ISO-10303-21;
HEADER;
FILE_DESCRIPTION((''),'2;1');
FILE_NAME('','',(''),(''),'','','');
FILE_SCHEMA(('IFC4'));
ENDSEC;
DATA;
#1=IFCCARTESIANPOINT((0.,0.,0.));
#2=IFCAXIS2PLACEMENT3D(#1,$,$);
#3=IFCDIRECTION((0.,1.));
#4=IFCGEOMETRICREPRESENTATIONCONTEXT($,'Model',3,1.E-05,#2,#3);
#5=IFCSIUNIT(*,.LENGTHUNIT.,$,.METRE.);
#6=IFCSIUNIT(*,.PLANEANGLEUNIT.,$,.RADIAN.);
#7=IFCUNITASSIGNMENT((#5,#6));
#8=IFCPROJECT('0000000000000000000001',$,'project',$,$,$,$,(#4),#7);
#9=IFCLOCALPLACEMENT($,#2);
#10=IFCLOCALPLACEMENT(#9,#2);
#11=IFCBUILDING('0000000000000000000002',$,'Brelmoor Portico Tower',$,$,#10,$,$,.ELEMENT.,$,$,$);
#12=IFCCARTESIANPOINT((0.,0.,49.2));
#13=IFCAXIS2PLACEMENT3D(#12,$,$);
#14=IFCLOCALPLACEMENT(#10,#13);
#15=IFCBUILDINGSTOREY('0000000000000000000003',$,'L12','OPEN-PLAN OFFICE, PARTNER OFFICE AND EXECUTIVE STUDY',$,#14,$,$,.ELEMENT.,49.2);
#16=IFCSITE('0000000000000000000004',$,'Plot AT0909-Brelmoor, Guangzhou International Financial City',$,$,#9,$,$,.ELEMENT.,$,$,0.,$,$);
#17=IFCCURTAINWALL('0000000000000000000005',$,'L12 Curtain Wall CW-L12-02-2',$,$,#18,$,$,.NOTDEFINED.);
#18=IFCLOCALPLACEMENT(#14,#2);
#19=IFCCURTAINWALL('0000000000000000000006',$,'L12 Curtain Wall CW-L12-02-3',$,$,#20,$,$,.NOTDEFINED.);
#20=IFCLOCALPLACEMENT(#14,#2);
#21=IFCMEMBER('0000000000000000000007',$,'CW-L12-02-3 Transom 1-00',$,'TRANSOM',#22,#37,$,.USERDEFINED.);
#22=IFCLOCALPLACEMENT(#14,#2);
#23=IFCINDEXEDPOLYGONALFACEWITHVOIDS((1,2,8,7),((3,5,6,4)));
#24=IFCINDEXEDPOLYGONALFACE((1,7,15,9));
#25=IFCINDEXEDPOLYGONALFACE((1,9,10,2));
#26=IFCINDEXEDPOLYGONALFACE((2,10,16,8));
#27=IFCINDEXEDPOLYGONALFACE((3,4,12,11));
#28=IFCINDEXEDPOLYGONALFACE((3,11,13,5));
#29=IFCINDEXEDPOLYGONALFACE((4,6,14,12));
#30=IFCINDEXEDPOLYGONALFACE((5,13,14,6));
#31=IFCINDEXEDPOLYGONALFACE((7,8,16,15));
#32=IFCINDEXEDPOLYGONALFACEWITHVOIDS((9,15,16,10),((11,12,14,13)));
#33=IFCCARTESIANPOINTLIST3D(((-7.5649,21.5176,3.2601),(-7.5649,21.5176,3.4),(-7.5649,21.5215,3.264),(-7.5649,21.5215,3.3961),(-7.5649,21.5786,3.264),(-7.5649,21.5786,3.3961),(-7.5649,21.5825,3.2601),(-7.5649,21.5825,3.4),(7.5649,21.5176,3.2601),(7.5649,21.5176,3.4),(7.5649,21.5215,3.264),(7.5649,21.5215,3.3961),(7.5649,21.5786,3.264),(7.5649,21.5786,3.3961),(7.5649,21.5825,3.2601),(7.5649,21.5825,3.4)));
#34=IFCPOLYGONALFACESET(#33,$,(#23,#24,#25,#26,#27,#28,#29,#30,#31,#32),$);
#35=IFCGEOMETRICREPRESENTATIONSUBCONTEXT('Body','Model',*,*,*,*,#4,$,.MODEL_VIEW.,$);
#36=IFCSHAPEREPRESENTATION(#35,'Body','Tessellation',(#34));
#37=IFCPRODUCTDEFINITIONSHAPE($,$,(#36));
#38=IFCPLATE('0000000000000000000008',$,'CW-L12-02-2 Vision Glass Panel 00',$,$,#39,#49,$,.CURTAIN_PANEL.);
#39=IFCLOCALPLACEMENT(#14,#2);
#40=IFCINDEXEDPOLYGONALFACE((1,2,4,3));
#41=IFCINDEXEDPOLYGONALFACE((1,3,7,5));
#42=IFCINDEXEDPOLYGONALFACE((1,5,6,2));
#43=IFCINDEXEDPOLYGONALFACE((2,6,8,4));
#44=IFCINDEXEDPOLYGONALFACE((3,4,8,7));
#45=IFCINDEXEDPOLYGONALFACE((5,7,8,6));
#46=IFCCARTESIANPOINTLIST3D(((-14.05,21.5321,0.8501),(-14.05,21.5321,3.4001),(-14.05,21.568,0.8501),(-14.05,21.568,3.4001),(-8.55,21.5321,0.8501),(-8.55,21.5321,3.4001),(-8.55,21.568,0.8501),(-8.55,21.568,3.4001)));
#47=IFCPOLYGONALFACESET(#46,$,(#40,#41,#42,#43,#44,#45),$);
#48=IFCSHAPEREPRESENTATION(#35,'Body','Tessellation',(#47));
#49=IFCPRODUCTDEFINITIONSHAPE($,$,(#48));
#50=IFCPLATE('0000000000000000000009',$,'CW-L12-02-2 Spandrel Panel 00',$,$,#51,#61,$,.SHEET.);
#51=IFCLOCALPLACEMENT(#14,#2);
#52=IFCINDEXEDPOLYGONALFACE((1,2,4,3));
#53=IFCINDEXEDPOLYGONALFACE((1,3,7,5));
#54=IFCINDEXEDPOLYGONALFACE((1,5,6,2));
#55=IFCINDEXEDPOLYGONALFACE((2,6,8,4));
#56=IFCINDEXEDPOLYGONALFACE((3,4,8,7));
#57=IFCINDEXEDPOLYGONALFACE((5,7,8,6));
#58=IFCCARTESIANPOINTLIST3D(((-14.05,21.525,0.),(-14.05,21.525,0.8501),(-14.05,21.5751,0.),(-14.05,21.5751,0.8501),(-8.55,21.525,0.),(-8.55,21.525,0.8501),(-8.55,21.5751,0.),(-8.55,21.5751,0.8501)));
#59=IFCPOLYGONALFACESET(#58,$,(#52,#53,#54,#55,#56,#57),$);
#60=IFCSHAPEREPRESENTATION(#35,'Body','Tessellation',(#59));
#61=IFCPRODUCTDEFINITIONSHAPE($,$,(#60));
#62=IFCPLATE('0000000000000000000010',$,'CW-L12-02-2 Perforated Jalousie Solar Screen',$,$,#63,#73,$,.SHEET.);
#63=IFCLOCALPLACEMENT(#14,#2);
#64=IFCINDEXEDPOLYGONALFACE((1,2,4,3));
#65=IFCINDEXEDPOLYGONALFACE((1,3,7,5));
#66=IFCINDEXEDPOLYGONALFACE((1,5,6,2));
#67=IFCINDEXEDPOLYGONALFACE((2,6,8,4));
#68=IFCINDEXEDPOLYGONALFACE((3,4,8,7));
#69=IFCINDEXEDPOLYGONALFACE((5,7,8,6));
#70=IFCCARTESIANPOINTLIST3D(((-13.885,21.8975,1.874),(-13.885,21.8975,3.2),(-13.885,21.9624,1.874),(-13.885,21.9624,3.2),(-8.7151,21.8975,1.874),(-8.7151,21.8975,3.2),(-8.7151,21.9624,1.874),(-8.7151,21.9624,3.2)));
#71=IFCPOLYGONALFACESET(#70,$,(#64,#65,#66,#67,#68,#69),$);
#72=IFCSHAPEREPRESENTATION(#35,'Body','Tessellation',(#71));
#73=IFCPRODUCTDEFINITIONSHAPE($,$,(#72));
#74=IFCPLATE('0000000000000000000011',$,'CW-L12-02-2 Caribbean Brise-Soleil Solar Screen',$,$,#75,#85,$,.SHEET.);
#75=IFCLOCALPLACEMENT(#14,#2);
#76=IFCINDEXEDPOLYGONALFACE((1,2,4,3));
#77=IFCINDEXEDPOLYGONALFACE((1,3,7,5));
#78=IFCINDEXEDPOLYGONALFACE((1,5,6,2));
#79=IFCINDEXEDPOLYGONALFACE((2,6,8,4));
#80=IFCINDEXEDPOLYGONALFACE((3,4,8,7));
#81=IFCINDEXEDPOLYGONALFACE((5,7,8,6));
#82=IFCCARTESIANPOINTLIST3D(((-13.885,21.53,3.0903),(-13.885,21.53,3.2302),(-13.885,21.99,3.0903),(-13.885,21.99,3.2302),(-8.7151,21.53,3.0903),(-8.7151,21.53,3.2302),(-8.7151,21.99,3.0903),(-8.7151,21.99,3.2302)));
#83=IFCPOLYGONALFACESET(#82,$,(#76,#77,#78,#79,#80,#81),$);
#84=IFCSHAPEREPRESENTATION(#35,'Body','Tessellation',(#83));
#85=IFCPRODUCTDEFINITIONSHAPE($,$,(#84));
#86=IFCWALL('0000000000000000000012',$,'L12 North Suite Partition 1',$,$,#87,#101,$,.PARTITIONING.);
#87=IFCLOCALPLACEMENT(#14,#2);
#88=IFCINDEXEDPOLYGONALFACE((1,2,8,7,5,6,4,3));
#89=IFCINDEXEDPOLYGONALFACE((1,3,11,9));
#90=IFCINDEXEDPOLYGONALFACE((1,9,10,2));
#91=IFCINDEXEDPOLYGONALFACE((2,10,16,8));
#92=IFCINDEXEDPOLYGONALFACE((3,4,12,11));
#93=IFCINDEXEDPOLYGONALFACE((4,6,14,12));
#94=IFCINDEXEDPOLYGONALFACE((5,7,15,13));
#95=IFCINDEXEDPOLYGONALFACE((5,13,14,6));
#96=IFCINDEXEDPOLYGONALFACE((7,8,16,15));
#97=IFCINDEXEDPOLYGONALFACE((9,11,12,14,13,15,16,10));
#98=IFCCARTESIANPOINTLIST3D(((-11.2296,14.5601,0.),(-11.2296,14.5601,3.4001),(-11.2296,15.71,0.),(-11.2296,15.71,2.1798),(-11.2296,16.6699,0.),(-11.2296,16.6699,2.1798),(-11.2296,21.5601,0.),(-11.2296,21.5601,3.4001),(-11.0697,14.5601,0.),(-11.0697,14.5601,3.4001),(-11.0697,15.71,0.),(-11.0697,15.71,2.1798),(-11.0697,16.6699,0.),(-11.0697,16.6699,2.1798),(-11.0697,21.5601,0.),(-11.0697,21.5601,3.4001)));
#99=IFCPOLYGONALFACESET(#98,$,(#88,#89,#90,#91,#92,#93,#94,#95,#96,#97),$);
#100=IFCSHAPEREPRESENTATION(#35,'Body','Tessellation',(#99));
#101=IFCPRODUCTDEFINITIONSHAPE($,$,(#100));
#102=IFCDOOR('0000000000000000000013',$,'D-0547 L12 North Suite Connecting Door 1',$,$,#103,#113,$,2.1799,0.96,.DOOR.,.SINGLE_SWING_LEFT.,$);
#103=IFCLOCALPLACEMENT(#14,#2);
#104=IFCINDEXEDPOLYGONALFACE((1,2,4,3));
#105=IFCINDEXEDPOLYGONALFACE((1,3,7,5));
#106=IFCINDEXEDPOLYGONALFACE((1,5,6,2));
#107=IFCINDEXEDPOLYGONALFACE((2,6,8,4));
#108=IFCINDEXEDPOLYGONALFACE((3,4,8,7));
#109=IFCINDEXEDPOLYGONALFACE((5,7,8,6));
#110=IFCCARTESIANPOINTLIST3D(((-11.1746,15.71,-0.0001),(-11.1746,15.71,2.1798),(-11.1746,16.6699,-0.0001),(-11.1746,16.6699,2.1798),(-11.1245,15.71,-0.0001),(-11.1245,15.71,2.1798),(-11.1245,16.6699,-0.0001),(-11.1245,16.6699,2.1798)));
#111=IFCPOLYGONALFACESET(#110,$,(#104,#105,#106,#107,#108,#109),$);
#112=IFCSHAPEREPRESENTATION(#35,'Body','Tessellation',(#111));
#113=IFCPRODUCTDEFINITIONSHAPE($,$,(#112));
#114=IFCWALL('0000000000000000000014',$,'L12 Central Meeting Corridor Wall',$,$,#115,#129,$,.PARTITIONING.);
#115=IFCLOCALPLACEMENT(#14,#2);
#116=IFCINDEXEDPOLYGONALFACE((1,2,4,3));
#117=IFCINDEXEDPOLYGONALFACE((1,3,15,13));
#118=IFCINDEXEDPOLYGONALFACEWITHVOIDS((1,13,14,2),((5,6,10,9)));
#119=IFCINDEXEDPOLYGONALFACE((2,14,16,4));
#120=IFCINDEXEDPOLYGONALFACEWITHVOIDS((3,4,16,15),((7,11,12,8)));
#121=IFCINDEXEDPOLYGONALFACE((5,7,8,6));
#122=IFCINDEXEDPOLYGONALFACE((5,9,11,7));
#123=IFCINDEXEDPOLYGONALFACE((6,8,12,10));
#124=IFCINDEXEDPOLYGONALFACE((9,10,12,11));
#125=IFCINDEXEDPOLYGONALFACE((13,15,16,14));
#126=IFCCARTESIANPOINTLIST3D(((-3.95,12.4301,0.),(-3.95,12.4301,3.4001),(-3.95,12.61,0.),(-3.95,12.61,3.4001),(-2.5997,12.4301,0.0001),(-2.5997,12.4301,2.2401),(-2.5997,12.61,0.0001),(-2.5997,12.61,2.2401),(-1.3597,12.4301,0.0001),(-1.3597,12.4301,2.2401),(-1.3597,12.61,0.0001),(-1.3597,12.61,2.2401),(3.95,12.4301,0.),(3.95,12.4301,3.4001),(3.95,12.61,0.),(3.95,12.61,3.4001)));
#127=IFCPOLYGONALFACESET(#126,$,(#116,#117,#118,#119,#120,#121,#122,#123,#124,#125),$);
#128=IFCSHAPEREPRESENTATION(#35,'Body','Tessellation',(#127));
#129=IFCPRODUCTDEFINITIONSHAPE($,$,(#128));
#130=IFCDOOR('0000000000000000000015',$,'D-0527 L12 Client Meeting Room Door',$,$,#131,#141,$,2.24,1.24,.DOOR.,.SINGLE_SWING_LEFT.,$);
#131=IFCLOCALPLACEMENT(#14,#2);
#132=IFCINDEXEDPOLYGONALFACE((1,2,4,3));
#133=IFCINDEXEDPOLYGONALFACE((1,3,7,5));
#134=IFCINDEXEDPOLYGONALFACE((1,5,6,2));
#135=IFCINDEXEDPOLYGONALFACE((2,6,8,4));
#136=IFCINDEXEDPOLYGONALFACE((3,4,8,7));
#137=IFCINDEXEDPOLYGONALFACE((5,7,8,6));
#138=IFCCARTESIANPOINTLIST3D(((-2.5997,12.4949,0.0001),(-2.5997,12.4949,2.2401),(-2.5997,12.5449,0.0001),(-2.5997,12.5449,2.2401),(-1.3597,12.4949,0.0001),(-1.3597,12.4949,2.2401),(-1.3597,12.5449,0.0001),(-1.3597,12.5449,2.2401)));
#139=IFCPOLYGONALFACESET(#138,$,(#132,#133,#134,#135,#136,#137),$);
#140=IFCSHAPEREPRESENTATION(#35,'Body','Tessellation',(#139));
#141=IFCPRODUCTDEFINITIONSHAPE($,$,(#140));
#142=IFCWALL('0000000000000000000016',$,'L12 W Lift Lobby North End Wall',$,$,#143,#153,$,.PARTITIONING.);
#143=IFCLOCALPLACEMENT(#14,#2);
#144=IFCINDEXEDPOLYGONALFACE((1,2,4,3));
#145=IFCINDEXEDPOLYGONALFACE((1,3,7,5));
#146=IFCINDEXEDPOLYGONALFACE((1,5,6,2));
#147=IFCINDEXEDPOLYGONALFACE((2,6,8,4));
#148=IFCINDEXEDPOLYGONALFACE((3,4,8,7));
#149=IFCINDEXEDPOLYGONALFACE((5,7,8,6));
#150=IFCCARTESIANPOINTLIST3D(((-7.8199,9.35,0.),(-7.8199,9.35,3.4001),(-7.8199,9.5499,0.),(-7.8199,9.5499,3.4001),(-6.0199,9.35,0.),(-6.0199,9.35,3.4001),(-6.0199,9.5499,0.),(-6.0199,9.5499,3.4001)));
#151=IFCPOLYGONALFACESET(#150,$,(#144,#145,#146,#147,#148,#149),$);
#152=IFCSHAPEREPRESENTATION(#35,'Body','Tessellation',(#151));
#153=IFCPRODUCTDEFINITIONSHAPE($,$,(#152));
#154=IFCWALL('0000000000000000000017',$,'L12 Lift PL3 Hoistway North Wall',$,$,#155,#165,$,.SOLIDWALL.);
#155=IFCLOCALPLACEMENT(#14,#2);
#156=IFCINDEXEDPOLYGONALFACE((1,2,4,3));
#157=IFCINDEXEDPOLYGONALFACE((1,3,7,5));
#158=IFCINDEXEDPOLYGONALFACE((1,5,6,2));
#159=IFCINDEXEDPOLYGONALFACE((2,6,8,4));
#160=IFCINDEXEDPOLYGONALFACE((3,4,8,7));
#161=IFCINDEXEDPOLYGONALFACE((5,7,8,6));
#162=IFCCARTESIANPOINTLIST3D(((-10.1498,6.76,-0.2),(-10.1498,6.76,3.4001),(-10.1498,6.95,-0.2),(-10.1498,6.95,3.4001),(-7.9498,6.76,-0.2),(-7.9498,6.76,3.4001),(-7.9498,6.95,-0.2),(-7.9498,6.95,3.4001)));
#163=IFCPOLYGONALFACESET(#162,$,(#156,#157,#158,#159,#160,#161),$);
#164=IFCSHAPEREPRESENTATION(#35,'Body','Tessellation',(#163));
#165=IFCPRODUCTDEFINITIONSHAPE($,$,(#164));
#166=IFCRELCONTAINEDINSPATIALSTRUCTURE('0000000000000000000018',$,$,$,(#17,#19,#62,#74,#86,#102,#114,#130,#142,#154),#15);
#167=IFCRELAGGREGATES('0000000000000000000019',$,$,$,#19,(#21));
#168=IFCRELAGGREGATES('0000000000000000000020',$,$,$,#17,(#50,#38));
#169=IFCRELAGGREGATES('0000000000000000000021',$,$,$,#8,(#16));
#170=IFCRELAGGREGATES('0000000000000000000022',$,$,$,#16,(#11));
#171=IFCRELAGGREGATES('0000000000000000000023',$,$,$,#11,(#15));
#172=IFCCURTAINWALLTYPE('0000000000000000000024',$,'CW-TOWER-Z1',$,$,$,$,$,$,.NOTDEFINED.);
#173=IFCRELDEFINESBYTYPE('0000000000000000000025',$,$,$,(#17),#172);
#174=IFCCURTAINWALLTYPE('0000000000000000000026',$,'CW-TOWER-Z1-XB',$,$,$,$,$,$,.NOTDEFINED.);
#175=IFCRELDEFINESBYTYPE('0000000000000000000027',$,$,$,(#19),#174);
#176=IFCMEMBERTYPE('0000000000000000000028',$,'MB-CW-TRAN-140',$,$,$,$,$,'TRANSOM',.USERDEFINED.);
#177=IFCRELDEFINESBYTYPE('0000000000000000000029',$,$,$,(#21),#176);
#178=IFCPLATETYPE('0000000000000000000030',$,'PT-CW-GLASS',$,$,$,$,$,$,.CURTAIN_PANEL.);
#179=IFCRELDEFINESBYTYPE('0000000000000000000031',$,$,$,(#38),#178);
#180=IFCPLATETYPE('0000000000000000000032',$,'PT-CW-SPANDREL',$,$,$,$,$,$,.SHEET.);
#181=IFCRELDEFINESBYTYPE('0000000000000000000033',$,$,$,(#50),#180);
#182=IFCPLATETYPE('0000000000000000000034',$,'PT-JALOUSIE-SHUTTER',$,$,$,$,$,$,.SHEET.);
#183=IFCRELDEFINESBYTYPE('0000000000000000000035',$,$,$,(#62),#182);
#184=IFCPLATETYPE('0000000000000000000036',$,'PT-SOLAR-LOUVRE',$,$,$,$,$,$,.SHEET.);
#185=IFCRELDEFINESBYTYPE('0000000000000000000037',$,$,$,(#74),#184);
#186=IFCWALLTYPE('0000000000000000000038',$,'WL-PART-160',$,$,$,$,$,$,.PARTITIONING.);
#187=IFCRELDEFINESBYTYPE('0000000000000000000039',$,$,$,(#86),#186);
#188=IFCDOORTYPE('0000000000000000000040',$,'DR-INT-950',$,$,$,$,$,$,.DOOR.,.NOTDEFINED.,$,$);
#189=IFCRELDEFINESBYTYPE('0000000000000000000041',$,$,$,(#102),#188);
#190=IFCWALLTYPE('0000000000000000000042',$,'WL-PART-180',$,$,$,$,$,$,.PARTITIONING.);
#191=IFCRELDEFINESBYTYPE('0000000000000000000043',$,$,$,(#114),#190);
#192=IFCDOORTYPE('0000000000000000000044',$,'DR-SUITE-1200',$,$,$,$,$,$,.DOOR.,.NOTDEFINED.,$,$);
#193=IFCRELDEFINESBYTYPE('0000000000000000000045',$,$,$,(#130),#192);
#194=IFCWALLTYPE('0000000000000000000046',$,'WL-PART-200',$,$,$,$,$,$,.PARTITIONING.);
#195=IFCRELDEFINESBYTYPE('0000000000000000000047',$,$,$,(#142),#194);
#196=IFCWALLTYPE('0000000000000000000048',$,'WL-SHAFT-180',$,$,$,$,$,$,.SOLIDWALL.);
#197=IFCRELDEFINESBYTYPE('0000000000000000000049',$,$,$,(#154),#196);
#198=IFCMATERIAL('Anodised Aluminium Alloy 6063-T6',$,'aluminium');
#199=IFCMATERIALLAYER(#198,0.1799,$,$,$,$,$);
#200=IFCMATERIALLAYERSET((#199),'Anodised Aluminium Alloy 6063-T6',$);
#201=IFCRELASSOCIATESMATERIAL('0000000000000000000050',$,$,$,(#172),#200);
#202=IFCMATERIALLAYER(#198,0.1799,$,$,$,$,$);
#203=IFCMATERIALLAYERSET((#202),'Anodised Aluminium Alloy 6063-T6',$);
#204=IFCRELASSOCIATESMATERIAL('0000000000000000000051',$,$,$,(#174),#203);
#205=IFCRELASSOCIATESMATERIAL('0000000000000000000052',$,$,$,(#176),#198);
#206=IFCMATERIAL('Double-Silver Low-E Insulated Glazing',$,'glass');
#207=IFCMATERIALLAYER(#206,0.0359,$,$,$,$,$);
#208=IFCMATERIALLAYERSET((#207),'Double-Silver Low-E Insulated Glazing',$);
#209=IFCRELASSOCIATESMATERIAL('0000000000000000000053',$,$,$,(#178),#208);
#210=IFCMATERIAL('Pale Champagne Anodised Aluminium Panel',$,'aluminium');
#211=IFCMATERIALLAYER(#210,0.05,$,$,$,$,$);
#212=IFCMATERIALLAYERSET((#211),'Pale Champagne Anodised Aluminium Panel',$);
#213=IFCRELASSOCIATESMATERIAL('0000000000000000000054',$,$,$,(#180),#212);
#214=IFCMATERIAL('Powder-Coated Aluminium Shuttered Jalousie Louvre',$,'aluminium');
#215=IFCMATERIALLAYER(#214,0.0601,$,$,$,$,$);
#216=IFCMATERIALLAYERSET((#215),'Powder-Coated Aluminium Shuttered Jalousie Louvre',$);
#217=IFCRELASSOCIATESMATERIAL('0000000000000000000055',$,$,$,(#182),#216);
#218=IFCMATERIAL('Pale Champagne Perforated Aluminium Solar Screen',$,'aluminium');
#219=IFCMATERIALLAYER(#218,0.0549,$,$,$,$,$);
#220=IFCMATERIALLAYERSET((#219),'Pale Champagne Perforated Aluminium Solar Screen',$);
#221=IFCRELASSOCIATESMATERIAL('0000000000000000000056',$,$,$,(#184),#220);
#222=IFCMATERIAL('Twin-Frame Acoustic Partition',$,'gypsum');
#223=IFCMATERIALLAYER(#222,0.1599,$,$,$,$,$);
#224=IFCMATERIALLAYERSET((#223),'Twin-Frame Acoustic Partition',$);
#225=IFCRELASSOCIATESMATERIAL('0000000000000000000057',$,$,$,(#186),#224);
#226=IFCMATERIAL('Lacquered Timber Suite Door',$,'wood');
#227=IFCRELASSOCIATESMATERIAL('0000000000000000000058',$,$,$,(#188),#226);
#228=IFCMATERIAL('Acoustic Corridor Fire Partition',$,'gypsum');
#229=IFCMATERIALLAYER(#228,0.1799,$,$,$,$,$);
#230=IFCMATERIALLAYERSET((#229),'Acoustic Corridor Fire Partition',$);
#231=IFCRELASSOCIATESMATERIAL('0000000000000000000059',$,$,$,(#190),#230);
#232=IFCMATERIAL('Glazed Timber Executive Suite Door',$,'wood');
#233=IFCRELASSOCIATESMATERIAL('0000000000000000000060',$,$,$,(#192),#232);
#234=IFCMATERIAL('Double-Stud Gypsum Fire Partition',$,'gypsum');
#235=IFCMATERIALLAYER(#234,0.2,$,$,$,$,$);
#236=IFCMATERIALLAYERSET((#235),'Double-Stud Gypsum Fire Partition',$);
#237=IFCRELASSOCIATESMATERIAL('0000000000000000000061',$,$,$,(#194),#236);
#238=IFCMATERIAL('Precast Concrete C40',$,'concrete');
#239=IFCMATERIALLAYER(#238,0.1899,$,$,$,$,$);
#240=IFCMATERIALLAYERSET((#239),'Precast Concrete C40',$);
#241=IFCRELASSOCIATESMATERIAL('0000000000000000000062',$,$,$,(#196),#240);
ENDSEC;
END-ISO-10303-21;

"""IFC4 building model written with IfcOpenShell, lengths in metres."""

from ifc_helpers import new_model, si_unit, direction, frame, frame_2d, origin, origin_2d, place, context, subcontext, project, spatial, rectangle, hollow_rectangle, extrude, material, layer, layer_set, material_profile, profile_set, type_object, element, fill, aggregate, save


model = new_model("IFC4")

# Units and contexts
model_context = context("Model", 3, precision=1e-05, world=origin(), true_north=direction((0.0, 1.0)))
body_context = subcontext(model_context, "Body", "Model", "MODEL_VIEW")
ifc_project = project(units=[si_unit("LENGTHUNIT", "METRE"), si_unit("PLANEANGLEUNIT", "RADIAN")], contexts=[model_context])

# Site, building, storey
site_placement = place(None, origin())
site = spatial("IfcSite", under=ifc_project, at=site_placement, Name="Plot AT0909-Brelmoor, Guangzhou International Financial City", CompositionType="ELEMENT", RefElevation=0.0)
building_placement = place(site_placement, origin())
building = spatial("IfcBuilding", under=site, at=building_placement, Name="Brelmoor Portico Tower", CompositionType="ELEMENT")
storey_placement = place(building_placement, frame((0.0, 0.0, 49.2)))
storey = spatial("IfcBuildingStorey", under=building, at=storey_placement, Name="L12", Description="OPEN-PLAN OFFICE, PARTNER OFFICE AND EXECUTIVE STUDY", CompositionType="ELEMENT", Elevation=49.2)

# Curtain wall
ifc_material_1 = material(Name="Anodised Aluminium Alloy 6063-T6", Category="aluminium")
ifc_layer_1 = layer(ifc_material_1, 0.1799)
ifc_layer_set_1 = layer_set([ifc_layer_1], Name="Anodised Aluminium Alloy 6063-T6")
curtain_wall_type_1 = type_object("IfcCurtainWallType", Name="CW-TOWER-Z1", PredefinedType="NOTDEFINED", material=ifc_layer_set_1)
curtain_wall_1_placement = place(storey_placement, origin())
curtain_wall_1 = element("IfcCurtainWall", 1, at=curtain_wall_1_placement, inside=storey, type_object=curtain_wall_type_1, Name="L12 Curtain Wall CW-L12-02-2", PredefinedType="NOTDEFINED")

# Curtain wall, member
ifc_layer_2 = layer(ifc_material_1, 0.1799)
ifc_layer_set_2 = layer_set([ifc_layer_2], Name="Anodised Aluminium Alloy 6063-T6")
curtain_wall_type_2 = type_object("IfcCurtainWallType", Name="CW-TOWER-Z1-XB", PredefinedType="NOTDEFINED", material=ifc_layer_set_2)
curtain_wall_2_placement = place(storey_placement, origin())
curtain_wall_2 = element("IfcCurtainWall", 2, at=curtain_wall_2_placement, inside=storey, type_object=curtain_wall_type_2, Name="L12 Curtain Wall CW-L12-02-3", PredefinedType="NOTDEFINED")
ifc_material_profile_1 = material_profile(ifc_material_1, hollow_rectangle(XDim=0.0649, YDim=0.1399, WallThickness=0.0039, at=origin_2d()), Name="ALU TRANSOM 65x140")
ifc_profile_set_1 = profile_set([ifc_material_profile_1], Name="Anodised Aluminium Alloy 6063-T6")
member_type_1 = type_object("IfcMemberType", Name="MB-CW-TRAN-140", ElementType="TRANSOM", PredefinedType="USERDEFINED", material=ifc_profile_set_1)
member_1_placement = place(storey_placement, frame((-7.5649, 21.55, 3.3301), z_axis=(1.0, 0.0, 0.0), x_axis=(0.0, 1.0, 0.0)))
member_1 = element("IfcMember", 3, at=member_1_placement, type_object=member_type_1, Name="CW-L12-02-3 Transom 1-00", ObjectType="TRANSOM", PredefinedType="USERDEFINED", context=body_context, shape_type="SweptSolid", body=[
    extrude(hollow_rectangle(XDim=0.0649, YDim=0.1399, WallThickness=0.0039, at=origin_2d()), origin(), (0.0, 0.0, 1.0), 15.1299),
])
aggregate(curtain_wall_2, [member_1])

# Plates
ifc_material_2 = material(Name="Double-Silver Low-E Insulated Glazing", Category="glass")
ifc_layer_3 = layer(ifc_material_2, 0.0359)
ifc_layer_set_3 = layer_set([ifc_layer_3], Name="Double-Silver Low-E Insulated Glazing")
plate_type_1 = type_object("IfcPlateType", Name="PT-CW-GLASS", PredefinedType="CURTAIN_PANEL", material=ifc_layer_set_3)
plate_1_placement = place(storey_placement, frame((-11.3, 21.55, 0.8501), z_axis=(0.0, 0.0, 1.0), x_axis=(1.0, 0.0, 0.0)))
plate_1 = element("IfcPlate", 4, at=plate_1_placement, type_object=plate_type_1, Name="CW-L12-02-2 Vision Glass Panel 00", PredefinedType="CURTAIN_PANEL", context=body_context, shape_type="SweptSolid", body=[
    extrude(rectangle(XDim=5.5, YDim=0.0359, at=origin_2d()), origin(), (0.0, 0.0, 1.0), 2.55),
])
ifc_material_3 = material(Name="Pale Champagne Anodised Aluminium Panel", Category="aluminium")
ifc_layer_4 = layer(ifc_material_3, 0.05)
ifc_layer_set_4 = layer_set([ifc_layer_4], Name="Pale Champagne Anodised Aluminium Panel")
plate_type_2 = type_object("IfcPlateType", Name="PT-CW-SPANDREL", PredefinedType="SHEET", material=ifc_layer_set_4)
plate_2_placement = place(storey_placement, frame((-11.3, 21.55, 0.0), z_axis=(0.0, 0.0, 1.0), x_axis=(1.0, 0.0, 0.0)))
plate_2 = element("IfcPlate", 5, at=plate_2_placement, type_object=plate_type_2, Name="CW-L12-02-2 Spandrel Panel 00", PredefinedType="SHEET", context=body_context, shape_type="SweptSolid", body=[
    extrude(rectangle(XDim=5.5, YDim=0.05, at=origin_2d()), origin(), (0.0, 0.0, 1.0), 0.8501),
])
aggregate(curtain_wall_1, [plate_2, plate_1])

# Plates
ifc_material_4 = material(Name="Powder-Coated Aluminium Shuttered Jalousie Louvre", Category="aluminium")
ifc_layer_5 = layer(ifc_material_4, 0.0601)
ifc_layer_set_5 = layer_set([ifc_layer_5], Name="Powder-Coated Aluminium Shuttered Jalousie Louvre")
plate_type_3 = type_object("IfcPlateType", Name="PT-JALOUSIE-SHUTTER", PredefinedType="SHEET", material=ifc_layer_set_5)
plate_3_placement = place(storey_placement, frame((-11.3, 21.9299, 1.874), z_axis=(0.0, 0.0, 1.0), x_axis=(1.0, 0.0, 0.0)))
element("IfcPlate", 6, at=plate_3_placement, inside=storey, type_object=plate_type_3, Name="CW-L12-02-2 Perforated Jalousie Solar Screen", PredefinedType="SHEET", context=body_context, shape_type="SweptSolid", body=[
    extrude(rectangle(XDim=5.1699, YDim=0.0649, at=origin_2d()), origin(), (0.0, 0.0, 1.0), 1.3259),
])
ifc_material_5 = material(Name="Pale Champagne Perforated Aluminium Solar Screen", Category="aluminium")
ifc_layer_6 = layer(ifc_material_5, 0.0549)
ifc_layer_set_6 = layer_set([ifc_layer_6], Name="Pale Champagne Perforated Aluminium Solar Screen")
plate_type_4 = type_object("IfcPlateType", Name="PT-SOLAR-LOUVRE", PredefinedType="SHEET", material=ifc_layer_set_6)
plate_4_placement = place(storey_placement, frame((-11.3, 21.76, 3.0903), z_axis=(0.0, 0.0, 1.0), x_axis=(1.0, 0.0, 0.0)))
element("IfcPlate", 7, at=plate_4_placement, inside=storey, type_object=plate_type_4, Name="CW-L12-02-2 Caribbean Brise-Soleil Solar Screen", PredefinedType="SHEET", context=body_context, shape_type="SweptSolid", body=[
    extrude(rectangle(XDim=5.1699, YDim=0.46, at=origin_2d()), origin(), (0.0, 0.0, 1.0), 0.1399),
])

# Walls, openings, doors
ifc_material_6 = material(Name="Twin-Frame Acoustic Partition", Category="gypsum")
ifc_layer_7 = layer(ifc_material_6, 0.1599)
ifc_layer_set_7 = layer_set([ifc_layer_7], Name="Twin-Frame Acoustic Partition")
wall_type_1 = type_object("IfcWallType", Name="WL-PART-160", PredefinedType="PARTITIONING", material=ifc_layer_set_7)
wall_1_placement = place(storey_placement, frame((-11.1497, 14.5601, 0.0), z_axis=(0.0, 0.0, 1.0), x_axis=(0.0, 1.0, 0.0)))
wall_1 = element("IfcWall", 8, at=wall_1_placement, inside=storey, type_object=wall_type_1, Name="L12 North Suite Partition 1", PredefinedType="PARTITIONING", context=body_context, shape_type="SweptSolid", body=[
    extrude(rectangle(XDim=7.0, YDim=0.1599, at=frame_2d((3.5, 0.0))), origin(), (0.0, 0.0, 1.0), 3.4001),
])
opening_1_placement = place(wall_1_placement, frame((1.1499, 0.0, 0.0)))
opening_1 = element("IfcOpeningElement", 9, at=opening_1_placement, cuts=wall_1, PredefinedType="OPENING", context=body_context, shape_type="SweptSolid", body=[
    extrude(rectangle(XDim=0.96, YDim=2.1799, at=frame_2d((0.48, 1.0898))), frame((0.0, 0.0898, 0.0), z_axis=(0.0, -1.0, 0.0), x_axis=(1.0, 0.0, 0.0)), (0.0, 0.0, 1.0), 0.1799),
])
ifc_material_7 = material(Name="Lacquered Timber Suite Door", Category="wood")
door_type_1 = type_object("IfcDoorType", Name="DR-INT-950", OperationType="NOTDEFINED", PredefinedType="DOOR", material=ifc_material_7)
door_1_placement = place(opening_1_placement, origin())
door_1 = element("IfcDoor", 10, at=door_1_placement, inside=storey, type_object=door_type_1, Name="D-0547 L12 North Suite Connecting Door 1", OperationType="SINGLE_SWING_LEFT", OverallHeight=2.1799, OverallWidth=0.96, PredefinedType="DOOR", context=body_context, shape_type="SweptSolid", body=[
    extrude(rectangle(XDim=0.96, YDim=2.1799, at=frame_2d((0.48, 1.0898))), frame((0.0, 0.0249, 0.0), z_axis=(0.0, -1.0, 0.0), x_axis=(1.0, 0.0, 0.0)), (0.0, 0.0, 1.0), 0.05),
])
fill(opening_1, door_1)
ifc_material_8 = material(Name="Acoustic Corridor Fire Partition", Category="gypsum")
ifc_layer_8 = layer(ifc_material_8, 0.1799)
ifc_layer_set_8 = layer_set([ifc_layer_8], Name="Acoustic Corridor Fire Partition")
wall_type_2 = type_object("IfcWallType", Name="WL-PART-180", PredefinedType="PARTITIONING", material=ifc_layer_set_8)
wall_2_placement = place(storey_placement, frame((-3.95, 12.52, 0.0), z_axis=(0.0, 0.0, 1.0), x_axis=(1.0, 0.0, 0.0)))
wall_2 = element("IfcWall", 11, at=wall_2_placement, inside=storey, type_object=wall_type_2, Name="L12 Central Meeting Corridor Wall", PredefinedType="PARTITIONING", context=body_context, shape_type="SweptSolid", body=[
    extrude(rectangle(XDim=7.8999, YDim=0.1799, at=frame_2d((3.95, 0.0))), origin(), (0.0, 0.0, 1.0), 3.4001),
])
opening_2_placement = place(wall_2_placement, frame((1.3501, 0.0, 0.0)))
opening_2 = element("IfcOpeningElement", 12, at=opening_2_placement, cuts=wall_2, PredefinedType="OPENING", context=body_context, shape_type="SweptSolid", body=[
    extrude(rectangle(XDim=1.24, YDim=2.24, at=frame_2d((0.6201, 1.1201))), frame((0.0, 0.0999, 0.0), z_axis=(0.0, -1.0, 0.0), x_axis=(1.0, 0.0, 0.0)), (0.0, 0.0, 1.0), 0.2),
])
ifc_material_9 = material(Name="Glazed Timber Executive Suite Door", Category="wood")
door_type_2 = type_object("IfcDoorType", Name="DR-SUITE-1200", OperationType="NOTDEFINED", PredefinedType="DOOR", material=ifc_material_9)
door_2_placement = place(opening_2_placement, origin())
door_2 = element("IfcDoor", 13, at=door_2_placement, inside=storey, type_object=door_type_2, Name="D-0527 L12 Client Meeting Room Door", OperationType="SINGLE_SWING_LEFT", OverallHeight=2.24, OverallWidth=1.24, PredefinedType="DOOR", context=body_context, shape_type="SweptSolid", body=[
    extrude(rectangle(XDim=1.24, YDim=2.24, at=frame_2d((0.6201, 1.1201))), frame((0.0, 0.0249, 0.0), z_axis=(0.0, -1.0, 0.0), x_axis=(1.0, 0.0, 0.0)), (0.0, 0.0, 1.0), 0.05),
])
fill(opening_2, door_2)

# Walls
ifc_material_10 = material(Name="Double-Stud Gypsum Fire Partition", Category="gypsum")
ifc_layer_9 = layer(ifc_material_10, 0.2)
ifc_layer_set_9 = layer_set([ifc_layer_9], Name="Double-Stud Gypsum Fire Partition")
wall_type_3 = type_object("IfcWallType", Name="WL-PART-200", PredefinedType="PARTITIONING", material=ifc_layer_set_9)
wall_3_placement = place(storey_placement, frame((-6.02, 9.45, 0.0), z_axis=(0.0, 0.0, 1.0), x_axis=(-1.0, 0.0, 0.0)))
element("IfcWall", 14, at=wall_3_placement, inside=storey, type_object=wall_type_3, Name="L12 W Lift Lobby North End Wall", PredefinedType="PARTITIONING", context=body_context, shape_type="SweptSolid", body=[
    extrude(rectangle(XDim=1.8, YDim=0.2, at=frame_2d((0.8999, 0.0))), origin(), (0.0, 0.0, 1.0), 3.4001),
])
ifc_material_11 = material(Name="Precast Concrete C40", Category="concrete")
ifc_layer_10 = layer(ifc_material_11, 0.1899)
ifc_layer_set_10 = layer_set([ifc_layer_10], Name="Precast Concrete C40")
wall_type_4 = type_object("IfcWallType", Name="WL-SHAFT-180", PredefinedType="SOLIDWALL", material=ifc_layer_set_10)
wall_4_placement = place(storey_placement, frame((-10.1499, 6.855, -0.2), z_axis=(0.0, 0.0, 1.0), x_axis=(1.0, 0.0, 0.0)))
element("IfcWall", 15, at=wall_4_placement, inside=storey, type_object=wall_type_4, Name="L12 Lift PL3 Hoistway North Wall", PredefinedType="SOLIDWALL", context=body_context, shape_type="SweptSolid", body=[
    extrude(rectangle(XDim=2.2, YDim=0.1899, at=frame_2d((1.1001, 0.0))), origin(), (0.0, 0.0, 1.0), 3.6001),
])

save(model, "model.ifc")
